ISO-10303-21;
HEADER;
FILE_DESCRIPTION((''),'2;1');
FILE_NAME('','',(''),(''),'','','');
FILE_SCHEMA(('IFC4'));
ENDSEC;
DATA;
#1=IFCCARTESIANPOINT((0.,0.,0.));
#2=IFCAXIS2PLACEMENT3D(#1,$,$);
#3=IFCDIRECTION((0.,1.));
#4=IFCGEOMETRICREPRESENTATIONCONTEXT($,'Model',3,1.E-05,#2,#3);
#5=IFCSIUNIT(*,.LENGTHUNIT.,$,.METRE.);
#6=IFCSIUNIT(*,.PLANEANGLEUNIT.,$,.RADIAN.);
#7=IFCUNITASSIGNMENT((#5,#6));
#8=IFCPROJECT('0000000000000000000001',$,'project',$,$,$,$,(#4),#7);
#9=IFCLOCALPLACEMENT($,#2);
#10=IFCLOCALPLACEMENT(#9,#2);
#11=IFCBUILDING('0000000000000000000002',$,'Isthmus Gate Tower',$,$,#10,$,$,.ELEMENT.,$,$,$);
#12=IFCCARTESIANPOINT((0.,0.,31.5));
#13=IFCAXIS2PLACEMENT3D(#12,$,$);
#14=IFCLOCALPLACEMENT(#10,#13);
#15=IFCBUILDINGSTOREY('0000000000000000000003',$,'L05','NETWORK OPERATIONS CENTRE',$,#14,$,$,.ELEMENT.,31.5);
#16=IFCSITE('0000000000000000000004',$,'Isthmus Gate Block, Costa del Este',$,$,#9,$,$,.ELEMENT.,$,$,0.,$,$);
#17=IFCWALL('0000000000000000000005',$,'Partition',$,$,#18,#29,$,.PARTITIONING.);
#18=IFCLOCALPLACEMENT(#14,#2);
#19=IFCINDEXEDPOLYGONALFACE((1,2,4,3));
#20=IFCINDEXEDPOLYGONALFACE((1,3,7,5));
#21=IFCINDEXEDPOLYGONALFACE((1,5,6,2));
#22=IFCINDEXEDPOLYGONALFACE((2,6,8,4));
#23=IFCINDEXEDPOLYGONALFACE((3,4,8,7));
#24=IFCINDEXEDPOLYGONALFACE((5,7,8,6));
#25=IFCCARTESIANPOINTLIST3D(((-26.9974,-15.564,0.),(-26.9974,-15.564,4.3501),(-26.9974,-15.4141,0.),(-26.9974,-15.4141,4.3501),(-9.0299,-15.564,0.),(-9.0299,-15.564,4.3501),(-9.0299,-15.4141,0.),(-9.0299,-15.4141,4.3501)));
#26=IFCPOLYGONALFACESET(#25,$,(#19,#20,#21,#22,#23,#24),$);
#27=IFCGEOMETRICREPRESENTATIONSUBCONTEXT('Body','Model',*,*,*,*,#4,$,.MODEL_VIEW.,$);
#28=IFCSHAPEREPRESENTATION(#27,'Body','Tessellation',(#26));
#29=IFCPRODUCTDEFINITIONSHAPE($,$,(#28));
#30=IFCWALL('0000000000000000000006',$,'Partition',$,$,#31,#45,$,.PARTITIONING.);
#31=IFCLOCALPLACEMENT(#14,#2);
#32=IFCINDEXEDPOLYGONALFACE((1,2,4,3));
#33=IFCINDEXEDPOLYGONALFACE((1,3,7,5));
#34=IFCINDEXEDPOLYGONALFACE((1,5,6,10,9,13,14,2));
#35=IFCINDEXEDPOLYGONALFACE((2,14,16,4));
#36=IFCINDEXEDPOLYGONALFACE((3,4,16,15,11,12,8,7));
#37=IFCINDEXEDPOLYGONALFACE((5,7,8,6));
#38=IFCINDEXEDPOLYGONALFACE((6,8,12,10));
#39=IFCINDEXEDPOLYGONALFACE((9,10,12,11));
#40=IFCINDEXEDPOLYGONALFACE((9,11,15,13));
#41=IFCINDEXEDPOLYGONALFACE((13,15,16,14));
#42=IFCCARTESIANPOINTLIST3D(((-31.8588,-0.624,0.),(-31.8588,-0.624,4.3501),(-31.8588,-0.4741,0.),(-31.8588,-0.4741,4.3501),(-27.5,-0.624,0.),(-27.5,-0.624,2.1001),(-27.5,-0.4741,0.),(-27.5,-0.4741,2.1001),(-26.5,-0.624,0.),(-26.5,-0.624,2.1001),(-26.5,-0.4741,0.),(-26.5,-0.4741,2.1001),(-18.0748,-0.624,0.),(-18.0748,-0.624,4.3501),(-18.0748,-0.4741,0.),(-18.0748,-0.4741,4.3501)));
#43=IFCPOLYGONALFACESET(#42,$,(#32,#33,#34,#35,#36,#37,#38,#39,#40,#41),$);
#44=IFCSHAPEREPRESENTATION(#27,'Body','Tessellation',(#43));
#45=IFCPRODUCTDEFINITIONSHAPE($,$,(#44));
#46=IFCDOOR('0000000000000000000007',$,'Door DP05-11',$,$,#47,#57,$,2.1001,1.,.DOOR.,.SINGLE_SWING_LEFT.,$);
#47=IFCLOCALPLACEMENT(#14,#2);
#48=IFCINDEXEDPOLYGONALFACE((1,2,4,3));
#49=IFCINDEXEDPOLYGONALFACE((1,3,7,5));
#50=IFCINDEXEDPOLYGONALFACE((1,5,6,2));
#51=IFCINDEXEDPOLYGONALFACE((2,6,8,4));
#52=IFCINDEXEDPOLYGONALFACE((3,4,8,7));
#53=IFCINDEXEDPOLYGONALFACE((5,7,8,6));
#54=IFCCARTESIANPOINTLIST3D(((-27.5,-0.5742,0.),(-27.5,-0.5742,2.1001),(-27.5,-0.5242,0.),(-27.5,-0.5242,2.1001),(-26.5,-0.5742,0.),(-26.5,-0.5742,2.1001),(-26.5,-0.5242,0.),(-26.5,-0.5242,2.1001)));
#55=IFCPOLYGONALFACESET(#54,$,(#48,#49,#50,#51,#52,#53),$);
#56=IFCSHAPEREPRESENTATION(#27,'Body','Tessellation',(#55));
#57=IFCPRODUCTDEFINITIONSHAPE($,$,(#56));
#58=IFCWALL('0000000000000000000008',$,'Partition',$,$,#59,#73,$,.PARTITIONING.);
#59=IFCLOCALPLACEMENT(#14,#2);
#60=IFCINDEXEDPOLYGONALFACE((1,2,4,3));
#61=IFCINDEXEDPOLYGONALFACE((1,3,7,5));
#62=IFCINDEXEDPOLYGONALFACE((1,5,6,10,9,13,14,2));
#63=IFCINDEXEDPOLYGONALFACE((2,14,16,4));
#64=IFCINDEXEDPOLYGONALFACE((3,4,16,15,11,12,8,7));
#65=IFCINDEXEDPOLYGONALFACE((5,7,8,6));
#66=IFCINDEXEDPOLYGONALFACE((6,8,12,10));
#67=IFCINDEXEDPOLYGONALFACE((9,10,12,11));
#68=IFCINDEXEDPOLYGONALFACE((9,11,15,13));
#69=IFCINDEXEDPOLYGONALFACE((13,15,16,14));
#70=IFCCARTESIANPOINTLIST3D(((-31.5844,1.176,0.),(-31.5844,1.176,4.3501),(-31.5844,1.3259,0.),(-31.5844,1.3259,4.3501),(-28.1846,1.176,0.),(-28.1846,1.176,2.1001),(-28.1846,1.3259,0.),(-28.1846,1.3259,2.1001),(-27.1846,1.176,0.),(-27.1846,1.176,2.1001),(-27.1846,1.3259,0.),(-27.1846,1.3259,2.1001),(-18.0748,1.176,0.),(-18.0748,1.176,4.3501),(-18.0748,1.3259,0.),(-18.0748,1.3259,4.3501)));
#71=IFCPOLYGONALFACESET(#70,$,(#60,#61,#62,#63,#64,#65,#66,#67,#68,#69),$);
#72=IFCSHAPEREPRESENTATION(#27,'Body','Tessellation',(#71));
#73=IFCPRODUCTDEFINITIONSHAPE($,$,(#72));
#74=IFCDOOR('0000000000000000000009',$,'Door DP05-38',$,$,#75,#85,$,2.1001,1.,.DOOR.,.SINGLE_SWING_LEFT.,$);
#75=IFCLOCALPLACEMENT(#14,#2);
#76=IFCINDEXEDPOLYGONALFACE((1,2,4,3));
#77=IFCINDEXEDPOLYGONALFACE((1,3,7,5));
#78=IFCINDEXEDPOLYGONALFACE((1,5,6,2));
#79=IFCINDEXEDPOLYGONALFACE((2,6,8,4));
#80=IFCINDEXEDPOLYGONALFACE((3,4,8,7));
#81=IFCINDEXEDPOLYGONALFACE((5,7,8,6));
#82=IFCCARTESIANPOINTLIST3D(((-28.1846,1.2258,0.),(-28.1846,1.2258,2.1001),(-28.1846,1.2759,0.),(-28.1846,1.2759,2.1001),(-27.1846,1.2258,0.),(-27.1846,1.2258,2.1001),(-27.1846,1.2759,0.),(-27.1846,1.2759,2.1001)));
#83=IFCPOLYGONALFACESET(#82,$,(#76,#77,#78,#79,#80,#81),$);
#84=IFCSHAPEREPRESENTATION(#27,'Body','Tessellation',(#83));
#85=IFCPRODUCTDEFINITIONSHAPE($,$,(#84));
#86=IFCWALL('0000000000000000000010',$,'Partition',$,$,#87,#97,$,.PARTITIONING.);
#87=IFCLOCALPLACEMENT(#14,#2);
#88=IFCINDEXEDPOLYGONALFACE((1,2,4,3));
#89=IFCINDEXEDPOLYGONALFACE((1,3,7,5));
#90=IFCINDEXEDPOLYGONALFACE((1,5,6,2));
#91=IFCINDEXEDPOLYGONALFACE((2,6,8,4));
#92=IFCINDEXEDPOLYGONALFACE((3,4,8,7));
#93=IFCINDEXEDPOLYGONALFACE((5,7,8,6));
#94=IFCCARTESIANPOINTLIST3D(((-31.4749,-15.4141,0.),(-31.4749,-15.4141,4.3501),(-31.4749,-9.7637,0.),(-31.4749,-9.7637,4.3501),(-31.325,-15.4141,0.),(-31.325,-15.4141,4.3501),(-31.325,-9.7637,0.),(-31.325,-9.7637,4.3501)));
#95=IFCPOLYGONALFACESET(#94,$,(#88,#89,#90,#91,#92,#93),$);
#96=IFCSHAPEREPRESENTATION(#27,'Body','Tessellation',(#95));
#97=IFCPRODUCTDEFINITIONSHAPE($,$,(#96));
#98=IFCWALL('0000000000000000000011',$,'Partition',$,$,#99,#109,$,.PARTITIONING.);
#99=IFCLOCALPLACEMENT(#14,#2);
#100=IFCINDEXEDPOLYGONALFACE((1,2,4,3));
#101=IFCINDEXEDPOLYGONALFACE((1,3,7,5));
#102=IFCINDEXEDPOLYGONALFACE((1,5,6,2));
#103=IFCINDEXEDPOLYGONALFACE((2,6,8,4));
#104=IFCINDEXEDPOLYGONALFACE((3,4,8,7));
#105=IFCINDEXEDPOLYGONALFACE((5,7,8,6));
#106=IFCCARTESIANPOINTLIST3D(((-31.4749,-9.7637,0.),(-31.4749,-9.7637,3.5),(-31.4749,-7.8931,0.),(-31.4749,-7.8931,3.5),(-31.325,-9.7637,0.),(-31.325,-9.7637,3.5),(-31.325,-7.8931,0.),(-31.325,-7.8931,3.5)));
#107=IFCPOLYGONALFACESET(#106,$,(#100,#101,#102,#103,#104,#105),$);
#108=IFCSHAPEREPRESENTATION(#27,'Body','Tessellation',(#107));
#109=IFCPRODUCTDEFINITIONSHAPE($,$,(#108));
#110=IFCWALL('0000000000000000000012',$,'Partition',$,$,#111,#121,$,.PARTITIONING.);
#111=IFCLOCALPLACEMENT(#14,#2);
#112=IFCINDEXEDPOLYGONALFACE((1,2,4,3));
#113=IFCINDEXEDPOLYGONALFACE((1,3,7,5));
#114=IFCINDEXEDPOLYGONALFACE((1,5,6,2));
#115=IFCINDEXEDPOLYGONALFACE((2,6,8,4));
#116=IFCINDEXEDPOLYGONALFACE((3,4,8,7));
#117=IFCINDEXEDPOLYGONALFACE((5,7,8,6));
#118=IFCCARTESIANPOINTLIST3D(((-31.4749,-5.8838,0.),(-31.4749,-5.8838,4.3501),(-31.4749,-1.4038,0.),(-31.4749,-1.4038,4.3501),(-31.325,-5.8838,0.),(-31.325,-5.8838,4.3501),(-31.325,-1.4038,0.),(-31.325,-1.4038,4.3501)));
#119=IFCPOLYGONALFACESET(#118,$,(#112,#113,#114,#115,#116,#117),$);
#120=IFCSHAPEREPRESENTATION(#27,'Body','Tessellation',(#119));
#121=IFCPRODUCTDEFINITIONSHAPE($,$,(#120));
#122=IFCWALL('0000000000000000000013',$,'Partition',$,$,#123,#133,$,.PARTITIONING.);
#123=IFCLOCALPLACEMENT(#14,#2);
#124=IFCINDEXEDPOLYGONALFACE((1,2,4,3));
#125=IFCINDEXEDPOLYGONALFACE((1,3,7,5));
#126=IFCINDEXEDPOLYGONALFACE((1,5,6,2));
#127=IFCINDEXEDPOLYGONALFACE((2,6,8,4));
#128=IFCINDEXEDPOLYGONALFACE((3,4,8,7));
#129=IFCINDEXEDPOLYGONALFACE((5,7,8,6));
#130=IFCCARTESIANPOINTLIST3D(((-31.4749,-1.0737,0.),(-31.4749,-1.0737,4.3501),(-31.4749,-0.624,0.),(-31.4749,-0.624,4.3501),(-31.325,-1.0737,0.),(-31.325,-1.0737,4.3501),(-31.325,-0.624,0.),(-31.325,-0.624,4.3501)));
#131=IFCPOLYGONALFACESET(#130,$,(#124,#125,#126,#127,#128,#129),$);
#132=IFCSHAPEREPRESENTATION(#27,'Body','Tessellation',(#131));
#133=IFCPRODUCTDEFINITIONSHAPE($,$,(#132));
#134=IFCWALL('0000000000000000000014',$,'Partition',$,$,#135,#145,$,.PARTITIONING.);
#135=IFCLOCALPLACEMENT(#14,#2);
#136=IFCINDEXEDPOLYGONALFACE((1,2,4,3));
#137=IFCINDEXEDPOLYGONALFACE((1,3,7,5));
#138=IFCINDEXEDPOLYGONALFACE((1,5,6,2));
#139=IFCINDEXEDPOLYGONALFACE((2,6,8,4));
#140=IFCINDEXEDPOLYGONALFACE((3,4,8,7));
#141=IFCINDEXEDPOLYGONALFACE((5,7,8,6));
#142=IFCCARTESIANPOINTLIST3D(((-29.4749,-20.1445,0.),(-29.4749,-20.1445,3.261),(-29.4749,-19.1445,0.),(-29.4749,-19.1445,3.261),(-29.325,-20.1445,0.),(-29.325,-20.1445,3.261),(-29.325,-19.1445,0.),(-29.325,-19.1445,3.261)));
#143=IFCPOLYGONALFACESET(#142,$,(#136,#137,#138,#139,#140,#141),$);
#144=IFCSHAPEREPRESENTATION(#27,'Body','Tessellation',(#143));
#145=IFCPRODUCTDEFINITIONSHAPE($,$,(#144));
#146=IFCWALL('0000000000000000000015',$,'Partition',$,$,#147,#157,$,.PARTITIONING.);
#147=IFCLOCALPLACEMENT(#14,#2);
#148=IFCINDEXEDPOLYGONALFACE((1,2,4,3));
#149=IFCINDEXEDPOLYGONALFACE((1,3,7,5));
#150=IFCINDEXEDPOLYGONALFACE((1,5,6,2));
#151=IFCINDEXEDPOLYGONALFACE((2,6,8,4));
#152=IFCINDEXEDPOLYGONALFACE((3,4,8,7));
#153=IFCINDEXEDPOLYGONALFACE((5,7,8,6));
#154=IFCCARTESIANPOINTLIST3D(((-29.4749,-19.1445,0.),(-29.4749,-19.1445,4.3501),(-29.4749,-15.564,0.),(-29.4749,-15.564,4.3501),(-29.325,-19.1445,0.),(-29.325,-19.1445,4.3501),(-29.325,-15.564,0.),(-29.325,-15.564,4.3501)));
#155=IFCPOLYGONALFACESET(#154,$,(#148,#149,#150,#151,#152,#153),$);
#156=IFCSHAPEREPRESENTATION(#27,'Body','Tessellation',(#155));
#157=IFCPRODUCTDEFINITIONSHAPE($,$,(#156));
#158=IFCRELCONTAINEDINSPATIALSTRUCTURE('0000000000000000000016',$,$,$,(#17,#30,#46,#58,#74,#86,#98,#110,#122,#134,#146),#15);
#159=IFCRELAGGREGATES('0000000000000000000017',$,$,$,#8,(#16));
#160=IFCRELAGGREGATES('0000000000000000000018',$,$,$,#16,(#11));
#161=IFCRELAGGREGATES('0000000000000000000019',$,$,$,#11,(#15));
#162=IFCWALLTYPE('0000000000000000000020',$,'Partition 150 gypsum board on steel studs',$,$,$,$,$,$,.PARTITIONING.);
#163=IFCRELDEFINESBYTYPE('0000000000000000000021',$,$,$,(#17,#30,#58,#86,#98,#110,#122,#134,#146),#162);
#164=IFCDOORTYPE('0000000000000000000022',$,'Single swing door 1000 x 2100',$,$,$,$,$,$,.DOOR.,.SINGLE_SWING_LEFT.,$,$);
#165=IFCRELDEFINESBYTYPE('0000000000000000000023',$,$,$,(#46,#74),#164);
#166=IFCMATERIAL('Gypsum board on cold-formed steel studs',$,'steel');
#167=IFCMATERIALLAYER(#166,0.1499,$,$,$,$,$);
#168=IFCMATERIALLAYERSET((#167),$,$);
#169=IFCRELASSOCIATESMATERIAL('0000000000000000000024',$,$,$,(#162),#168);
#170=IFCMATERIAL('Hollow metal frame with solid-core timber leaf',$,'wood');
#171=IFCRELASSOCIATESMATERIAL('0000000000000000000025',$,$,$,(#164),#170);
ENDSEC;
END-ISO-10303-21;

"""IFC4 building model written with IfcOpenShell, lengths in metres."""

from ifc_helpers import new_model, si_unit, direction, frame, frame_2d, origin, place, context, subcontext, project, spatial, rectangle, extrude, material, layer, layer_set, type_object, element, fill, save


model = new_model("IFC4")

# Units and contexts
model_context = context("Model", 3, precision=1e-05, world=origin(), true_north=direction((0.0, 1.0)))
body_context = subcontext(model_context, "Body", "Model", "MODEL_VIEW")
ifc_project = project(units=[si_unit("LENGTHUNIT", "METRE"), si_unit("PLANEANGLEUNIT", "RADIAN")], contexts=[model_context])

# Site, building, storey
site_placement = place(None, origin())
site = spatial("IfcSite", under=ifc_project, at=site_placement, Name="Isthmus Gate Block, Costa del Este", CompositionType="ELEMENT", RefElevation=0.0)
building_placement = place(site_placement, origin())
building = spatial("IfcBuilding", under=site, at=building_placement, Name="Isthmus Gate Tower", CompositionType="ELEMENT")
storey_placement = place(building_placement, frame((0.0, 0.0, 31.5)))
storey = spatial("IfcBuildingStorey", under=building, at=storey_placement, Name="L05", Description="NETWORK OPERATIONS CENTRE", CompositionType="ELEMENT", Elevation=31.5)

# Wall
ifc_material_1 = material(Name="Gypsum board on cold-formed steel studs", Category="steel")
ifc_layer = layer(ifc_material_1, 0.1499)
ifc_layer_set = layer_set([ifc_layer])
wall_type = type_object("IfcWallType", Name="Partition 150 gypsum board on steel studs", PredefinedType="PARTITIONING", material=ifc_layer_set)
wall_1_placement = place(storey_placement, frame((-26.9976, -15.489, 0.0), z_axis=(0.0, 0.0, 1.0), x_axis=(1.0, 0.0, 0.0)))
element("IfcWall", 1, at=wall_1_placement, inside=storey, type_object=wall_type, Name="Partition", PredefinedType="PARTITIONING", context=body_context, shape_type="SweptSolid", body=[
    extrude(rectangle(XDim=17.9675, YDim=0.1499, at=frame_2d((8.9839, 0.0))), origin(), (0.0, 0.0, 1.0), 4.3501),
])

# Walls, openings, doors
wall_2_placement = place(storey_placement, frame((-31.8589, -0.5491, 0.0), z_axis=(0.0, 0.0, 1.0), x_axis=(1.0, 0.0, 0.0)))
wall_2 = element("IfcWall", 2, at=wall_2_placement, inside=storey, type_object=wall_type, Name="Partition", PredefinedType="PARTITIONING", context=body_context, shape_type="SweptSolid", body=[
    extrude(rectangle(XDim=13.7839, YDim=0.1499, at=frame_2d((6.8921, 0.0))), origin(), (0.0, 0.0, 1.0), 4.3501),
])
opening_1_placement = place(wall_2_placement, frame((4.3589, 0.0, 0.0)))
opening_1 = element("IfcOpeningElement", 3, at=opening_1_placement, cuts=wall_2, PredefinedType="OPENING", context=body_context, shape_type="SweptSolid", body=[
    extrude(rectangle(XDim=1.0, YDim=2.1001, at=frame_2d((0.5, 1.05))), frame((0.0, 0.085, 0.0), z_axis=(0.0, -1.0, 0.0), x_axis=(1.0, 0.0, 0.0)), (0.0, 0.0, 1.0), 0.1699),
])
ifc_material_2 = material(Name="Hollow metal frame with solid-core timber leaf", Category="wood")
door_type = type_object("IfcDoorType", Name="Single swing door 1000 x 2100", OperationType="SINGLE_SWING_LEFT", PredefinedType="DOOR", material=ifc_material_2)
door_1_placement = place(opening_1_placement, origin())
door_1 = element("IfcDoor", 4, at=door_1_placement, inside=storey, type_object=door_type, Name="Door DP05-11", OperationType="SINGLE_SWING_LEFT", OverallHeight=2.1001, OverallWidth=1.0, PredefinedType="DOOR", context=body_context, shape_type="SweptSolid", body=[
    extrude(rectangle(XDim=1.0, YDim=2.1001, at=frame_2d((0.5, 1.05))), frame((0.0, 0.0249, 0.0), z_axis=(0.0, -1.0, 0.0), x_axis=(1.0, 0.0, 0.0)), (0.0, 0.0, 1.0), 0.05),
])
fill(opening_1, door_1)
wall_3_placement = place(storey_placement, frame((-31.5845, 1.251, 0.0), z_axis=(0.0, 0.0, 1.0), x_axis=(1.0, 0.0, 0.0)))
wall_3 = element("IfcWall", 5, at=wall_3_placement, inside=storey, type_object=wall_type, Name="Partition", PredefinedType="PARTITIONING", context=body_context, shape_type="SweptSolid", body=[
    extrude(rectangle(XDim=13.5095, YDim=0.1499, at=frame_2d((6.7549, 0.0))), origin(), (0.0, 0.0, 1.0), 4.3501),
])
opening_2_placement = place(wall_3_placement, frame((3.3999, 0.0, 0.0)))
opening_2 = element("IfcOpeningElement", 6, at=opening_2_placement, cuts=wall_3, PredefinedType="OPENING", context=body_context, shape_type="SweptSolid", body=[
    extrude(rectangle(XDim=1.0, YDim=2.1001, at=frame_2d((0.5, 1.05))), frame((0.0, 0.085, 0.0), z_axis=(0.0, -1.0, 0.0), x_axis=(1.0, 0.0, 0.0)), (0.0, 0.0, 1.0), 0.1699),
])
door_2_placement = place(opening_2_placement, origin())
door_2 = element("IfcDoor", 7, at=door_2_placement, inside=storey, type_object=door_type, Name="Door DP05-38", OperationType="SINGLE_SWING_LEFT", OverallHeight=2.1001, OverallWidth=1.0, PredefinedType="DOOR", context=body_context, shape_type="SweptSolid", body=[
    extrude(rectangle(XDim=1.0, YDim=2.1001, at=frame_2d((0.5, 1.05))), frame((0.0, 0.0249, 0.0), z_axis=(0.0, -1.0, 0.0), x_axis=(1.0, 0.0, 0.0)), (0.0, 0.0, 1.0), 0.05),
])
fill(opening_2, door_2)

# Walls
wall_4_placement = place(storey_placement, frame((-31.3999, -15.4141, 0.0), z_axis=(0.0, 0.0, 1.0), x_axis=(0.0, 1.0, 0.0)))
element("IfcWall", 8, at=wall_4_placement, inside=storey, type_object=wall_type, Name="Partition", PredefinedType="PARTITIONING", context=body_context, shape_type="SweptSolid", body=[
    extrude(rectangle(XDim=5.6504, YDim=0.1499, at=frame_2d((2.8252, 0.0))), origin(), (0.0, 0.0, 1.0), 4.3501),
])
wall_5_placement = place(storey_placement, frame((-31.3999, -9.7637, 0.0), z_axis=(0.0, 0.0, 1.0), x_axis=(0.0, 1.0, 0.0)))
element("IfcWall", 9, at=wall_5_placement, inside=storey, type_object=wall_type, Name="Partition", PredefinedType="PARTITIONING", context=body_context, shape_type="SweptSolid", body=[
    extrude(rectangle(XDim=1.8706, YDim=0.1499, at=frame_2d((0.9353, 0.0))), origin(), (0.0, 0.0, 1.0), 3.5),
])
wall_6_placement = place(storey_placement, frame((-31.3999, -5.8838, 0.0), z_axis=(0.0, 0.0, 1.0), x_axis=(0.0, 1.0, 0.0)))
element("IfcWall", 10, at=wall_6_placement, inside=storey, type_object=wall_type, Name="Partition", PredefinedType="PARTITIONING", context=body_context, shape_type="SweptSolid", body=[
    extrude(rectangle(XDim=4.48, YDim=0.1499, at=frame_2d((2.24, 0.0))), origin(), (0.0, 0.0, 1.0), 4.3501),
])
wall_7_placement = place(storey_placement, frame((-31.3999, -1.0737, 0.0), z_axis=(0.0, 0.0, 1.0), x_axis=(0.0, 1.0, 0.0)))
element("IfcWall", 11, at=wall_7_placement, inside=storey, type_object=wall_type, Name="Partition", PredefinedType="PARTITIONING", context=body_context, shape_type="SweptSolid", body=[
    extrude(rectangle(XDim=0.4497, YDim=0.1499, at=frame_2d((0.2249, 0.0))), origin(), (0.0, 0.0, 1.0), 4.3501),
])
wall_8_placement = place(storey_placement, frame((-29.3999, -20.1445, 0.0), z_axis=(0.0, 0.0, 1.0), x_axis=(0.0, 1.0, 0.0)))
element("IfcWall", 12, at=wall_8_placement, inside=storey, type_object=wall_type, Name="Partition", PredefinedType="PARTITIONING", context=body_context, shape_type="SweptSolid", body=[
    extrude(rectangle(XDim=1.0, YDim=0.1499, at=frame_2d((0.5, 0.0))), origin(), (0.0, 0.0, 1.0), 3.261),
])
wall_9_placement = place(storey_placement, frame((-29.3999, -19.1445, 0.0), z_axis=(0.0, 0.0, 1.0), x_axis=(0.0, 1.0, 0.0)))
element("IfcWall", 13, at=wall_9_placement, inside=storey, type_object=wall_type, Name="Partition", PredefinedType="PARTITIONING", context=body_context, shape_type="SweptSolid", body=[
    extrude(rectangle(XDim=3.5806, YDim=0.1499, at=frame_2d((1.7903, 0.0))), origin(), (0.0, 0.0, 1.0), 4.3501),
])

save(model, "model.ifc")
